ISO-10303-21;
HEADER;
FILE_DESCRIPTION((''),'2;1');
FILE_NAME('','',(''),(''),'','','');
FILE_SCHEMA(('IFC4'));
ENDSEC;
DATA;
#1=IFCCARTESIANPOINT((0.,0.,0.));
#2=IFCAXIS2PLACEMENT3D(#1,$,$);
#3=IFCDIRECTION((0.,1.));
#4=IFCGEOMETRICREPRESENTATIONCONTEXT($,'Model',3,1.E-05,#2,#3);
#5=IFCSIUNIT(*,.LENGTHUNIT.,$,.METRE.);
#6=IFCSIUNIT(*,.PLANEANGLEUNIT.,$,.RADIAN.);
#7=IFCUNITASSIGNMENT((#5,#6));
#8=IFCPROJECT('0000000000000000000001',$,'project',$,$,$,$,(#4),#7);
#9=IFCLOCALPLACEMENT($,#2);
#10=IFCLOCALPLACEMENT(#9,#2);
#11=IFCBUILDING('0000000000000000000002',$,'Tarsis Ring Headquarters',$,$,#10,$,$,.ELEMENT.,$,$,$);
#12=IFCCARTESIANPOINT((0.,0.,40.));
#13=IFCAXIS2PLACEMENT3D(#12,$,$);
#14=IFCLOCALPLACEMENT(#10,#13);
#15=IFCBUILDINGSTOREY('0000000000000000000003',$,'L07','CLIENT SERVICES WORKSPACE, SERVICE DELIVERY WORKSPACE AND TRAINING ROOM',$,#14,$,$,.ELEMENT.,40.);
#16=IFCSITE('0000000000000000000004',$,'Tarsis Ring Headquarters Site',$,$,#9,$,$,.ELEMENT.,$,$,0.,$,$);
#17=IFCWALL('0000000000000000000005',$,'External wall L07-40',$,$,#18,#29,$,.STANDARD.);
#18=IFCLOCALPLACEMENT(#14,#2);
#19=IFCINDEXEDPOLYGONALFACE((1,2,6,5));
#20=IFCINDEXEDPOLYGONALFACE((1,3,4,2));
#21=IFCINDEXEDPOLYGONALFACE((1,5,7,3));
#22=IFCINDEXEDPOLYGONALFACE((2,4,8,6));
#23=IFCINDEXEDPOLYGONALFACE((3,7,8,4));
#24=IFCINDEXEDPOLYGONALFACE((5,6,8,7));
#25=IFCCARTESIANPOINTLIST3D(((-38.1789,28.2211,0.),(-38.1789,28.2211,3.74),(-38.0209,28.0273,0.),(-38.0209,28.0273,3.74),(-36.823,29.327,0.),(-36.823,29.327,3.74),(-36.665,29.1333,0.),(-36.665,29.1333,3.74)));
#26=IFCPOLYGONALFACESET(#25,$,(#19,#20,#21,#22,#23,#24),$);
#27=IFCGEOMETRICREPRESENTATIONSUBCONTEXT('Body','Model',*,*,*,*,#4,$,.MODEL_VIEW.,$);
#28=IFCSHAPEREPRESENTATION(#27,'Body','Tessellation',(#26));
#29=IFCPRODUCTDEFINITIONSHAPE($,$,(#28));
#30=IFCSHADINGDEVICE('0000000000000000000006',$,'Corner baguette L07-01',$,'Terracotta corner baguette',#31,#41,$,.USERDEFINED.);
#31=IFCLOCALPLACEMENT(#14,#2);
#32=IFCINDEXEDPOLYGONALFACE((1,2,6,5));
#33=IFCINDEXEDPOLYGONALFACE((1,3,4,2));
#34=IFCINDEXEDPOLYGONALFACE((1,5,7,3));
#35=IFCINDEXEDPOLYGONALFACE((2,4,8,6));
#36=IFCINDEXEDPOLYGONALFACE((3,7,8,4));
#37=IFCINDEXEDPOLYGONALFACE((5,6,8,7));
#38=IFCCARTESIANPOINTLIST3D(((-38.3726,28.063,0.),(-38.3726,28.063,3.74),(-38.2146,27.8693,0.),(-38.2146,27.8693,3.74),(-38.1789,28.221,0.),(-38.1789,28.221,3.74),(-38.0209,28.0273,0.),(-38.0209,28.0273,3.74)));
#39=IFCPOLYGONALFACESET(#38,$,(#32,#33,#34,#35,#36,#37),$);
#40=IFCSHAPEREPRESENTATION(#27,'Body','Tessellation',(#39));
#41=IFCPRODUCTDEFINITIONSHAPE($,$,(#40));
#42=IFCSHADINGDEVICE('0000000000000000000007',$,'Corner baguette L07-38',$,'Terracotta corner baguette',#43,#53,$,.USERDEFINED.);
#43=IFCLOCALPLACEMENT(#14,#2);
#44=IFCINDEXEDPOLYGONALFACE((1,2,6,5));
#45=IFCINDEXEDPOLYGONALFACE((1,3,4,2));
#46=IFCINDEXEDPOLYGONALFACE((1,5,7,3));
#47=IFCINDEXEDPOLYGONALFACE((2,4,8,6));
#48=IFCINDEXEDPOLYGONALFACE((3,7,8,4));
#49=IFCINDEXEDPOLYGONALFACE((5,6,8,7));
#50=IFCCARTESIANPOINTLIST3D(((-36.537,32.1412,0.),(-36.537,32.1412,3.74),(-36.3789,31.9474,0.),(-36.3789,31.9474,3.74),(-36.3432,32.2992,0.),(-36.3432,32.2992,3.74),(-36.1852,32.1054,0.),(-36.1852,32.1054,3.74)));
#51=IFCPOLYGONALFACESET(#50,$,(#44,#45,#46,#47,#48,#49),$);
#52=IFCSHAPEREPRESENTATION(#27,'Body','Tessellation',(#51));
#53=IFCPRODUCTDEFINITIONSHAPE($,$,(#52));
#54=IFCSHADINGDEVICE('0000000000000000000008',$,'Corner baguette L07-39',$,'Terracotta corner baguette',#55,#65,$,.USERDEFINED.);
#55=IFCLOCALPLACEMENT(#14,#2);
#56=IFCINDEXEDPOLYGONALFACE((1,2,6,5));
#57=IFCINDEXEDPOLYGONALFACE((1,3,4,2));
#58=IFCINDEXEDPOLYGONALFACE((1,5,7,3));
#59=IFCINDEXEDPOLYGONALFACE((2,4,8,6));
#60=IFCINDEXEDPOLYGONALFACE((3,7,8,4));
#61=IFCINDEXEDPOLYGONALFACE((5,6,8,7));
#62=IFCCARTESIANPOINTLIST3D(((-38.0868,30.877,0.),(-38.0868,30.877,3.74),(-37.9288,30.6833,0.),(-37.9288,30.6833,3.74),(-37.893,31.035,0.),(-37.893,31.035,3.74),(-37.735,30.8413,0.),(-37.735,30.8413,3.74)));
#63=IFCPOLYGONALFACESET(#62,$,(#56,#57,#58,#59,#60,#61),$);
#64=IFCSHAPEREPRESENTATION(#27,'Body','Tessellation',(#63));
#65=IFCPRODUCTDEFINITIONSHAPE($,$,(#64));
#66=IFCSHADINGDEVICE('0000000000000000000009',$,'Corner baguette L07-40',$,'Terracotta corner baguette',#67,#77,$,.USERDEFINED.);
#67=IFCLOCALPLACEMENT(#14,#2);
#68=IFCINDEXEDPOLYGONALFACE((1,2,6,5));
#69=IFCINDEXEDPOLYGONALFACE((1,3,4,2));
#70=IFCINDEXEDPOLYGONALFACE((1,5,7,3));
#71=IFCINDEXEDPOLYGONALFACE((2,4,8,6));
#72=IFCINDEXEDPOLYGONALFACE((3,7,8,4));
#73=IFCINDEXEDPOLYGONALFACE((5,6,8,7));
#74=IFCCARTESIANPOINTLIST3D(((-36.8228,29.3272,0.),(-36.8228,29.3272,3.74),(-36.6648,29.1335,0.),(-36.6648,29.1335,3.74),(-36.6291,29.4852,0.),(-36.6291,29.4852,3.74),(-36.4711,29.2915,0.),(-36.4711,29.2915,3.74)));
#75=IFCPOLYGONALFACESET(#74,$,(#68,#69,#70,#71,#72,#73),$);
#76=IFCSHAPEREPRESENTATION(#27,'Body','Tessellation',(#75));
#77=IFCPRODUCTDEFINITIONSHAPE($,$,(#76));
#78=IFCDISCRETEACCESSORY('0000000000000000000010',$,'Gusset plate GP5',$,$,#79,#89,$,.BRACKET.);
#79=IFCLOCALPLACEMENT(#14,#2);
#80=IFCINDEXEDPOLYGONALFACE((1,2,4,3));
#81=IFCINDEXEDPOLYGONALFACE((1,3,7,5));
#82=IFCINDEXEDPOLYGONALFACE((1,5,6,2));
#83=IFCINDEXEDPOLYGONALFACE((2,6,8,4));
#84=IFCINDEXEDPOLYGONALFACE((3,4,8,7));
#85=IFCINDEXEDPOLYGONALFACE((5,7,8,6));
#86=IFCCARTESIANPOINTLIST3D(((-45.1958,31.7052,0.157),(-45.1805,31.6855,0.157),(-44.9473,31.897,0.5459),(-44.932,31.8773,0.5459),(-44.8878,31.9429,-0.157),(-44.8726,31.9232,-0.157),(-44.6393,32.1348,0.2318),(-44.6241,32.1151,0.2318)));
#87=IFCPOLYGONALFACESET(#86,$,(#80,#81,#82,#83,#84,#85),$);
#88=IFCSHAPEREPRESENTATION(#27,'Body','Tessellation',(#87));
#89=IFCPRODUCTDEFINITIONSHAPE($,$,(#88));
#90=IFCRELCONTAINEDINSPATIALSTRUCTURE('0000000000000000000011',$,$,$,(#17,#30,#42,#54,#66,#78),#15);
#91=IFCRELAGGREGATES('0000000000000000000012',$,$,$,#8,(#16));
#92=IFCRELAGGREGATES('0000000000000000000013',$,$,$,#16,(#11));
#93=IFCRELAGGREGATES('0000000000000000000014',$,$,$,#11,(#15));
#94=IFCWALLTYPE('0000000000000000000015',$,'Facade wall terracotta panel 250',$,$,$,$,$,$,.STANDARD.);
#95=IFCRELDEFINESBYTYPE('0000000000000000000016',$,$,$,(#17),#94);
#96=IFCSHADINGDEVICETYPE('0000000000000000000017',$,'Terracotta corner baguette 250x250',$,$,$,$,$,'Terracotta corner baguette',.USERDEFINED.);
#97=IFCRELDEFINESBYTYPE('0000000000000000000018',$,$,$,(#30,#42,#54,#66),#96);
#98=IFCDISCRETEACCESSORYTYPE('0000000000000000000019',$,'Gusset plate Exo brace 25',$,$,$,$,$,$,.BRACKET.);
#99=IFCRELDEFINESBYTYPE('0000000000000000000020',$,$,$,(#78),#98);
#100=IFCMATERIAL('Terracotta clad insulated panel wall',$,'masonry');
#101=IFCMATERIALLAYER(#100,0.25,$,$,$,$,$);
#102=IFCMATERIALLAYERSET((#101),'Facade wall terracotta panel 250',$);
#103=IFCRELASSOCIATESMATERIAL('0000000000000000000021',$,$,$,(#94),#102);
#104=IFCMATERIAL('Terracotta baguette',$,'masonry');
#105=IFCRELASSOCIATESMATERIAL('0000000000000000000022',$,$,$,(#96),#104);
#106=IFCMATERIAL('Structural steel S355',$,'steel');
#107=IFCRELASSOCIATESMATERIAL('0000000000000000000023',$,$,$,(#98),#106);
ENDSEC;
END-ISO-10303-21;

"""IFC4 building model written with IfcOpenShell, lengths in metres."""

from ifc_helpers import new_model, si_unit, direction, frame, frame_2d, origin, origin_2d, place, context, subcontext, project, spatial, rectangle, extrude, material, layer, layer_set, material_profile, profile_set, type_object, element, save


model = new_model("IFC4")

# Units and contexts
model_context = context("Model", 3, precision=1e-05, world=origin(), true_north=direction((0.0, 1.0)))
body_context = subcontext(model_context, "Body", "Model", "MODEL_VIEW")
ifc_project = project(units=[si_unit("LENGTHUNIT", "METRE"), si_unit("PLANEANGLEUNIT", "RADIAN")], contexts=[model_context])

# Site, building, storey
site_placement = place(None, origin())
site = spatial("IfcSite", under=ifc_project, at=site_placement, Name="Tarsis Ring Headquarters Site", CompositionType="ELEMENT", RefElevation=0.0)
building_placement = place(site_placement, origin())
building = spatial("IfcBuilding", under=site, at=building_placement, Name="Tarsis Ring Headquarters", CompositionType="ELEMENT")
storey_placement = place(building_placement, frame((0.0, 0.0, 40.0)))
storey = spatial("IfcBuildingStorey", under=building, at=storey_placement, Name="L07", Description="CLIENT SERVICES WORKSPACE, SERVICE DELIVERY WORKSPACE AND TRAINING ROOM", CompositionType="ELEMENT", Elevation=40.0)

# Shared definitions
ifc_material_1 = material(Name="Structural steel S355", Category="steel")

# Shared definitions
ifc_material_2 = material(Name="Terracotta clad insulated panel wall", Category="masonry")
ifc_layer_1 = layer(ifc_material_2, 0.25)
ifc_layer_set_1 = layer_set([ifc_layer_1], Name="Facade wall terracotta panel 250")
wall_type_1 = type_object("IfcWallType", Name="Facade wall terracotta panel 250", PredefinedType="STANDARD", material=ifc_layer_set_1)

# Wall
wall_1_placement = place(storey_placement, frame((-36.7439, 29.2302, 0.0), z_axis=(0.0, 0.0, 1.0), x_axis=(-0.774926, -0.632052, 0.0)))
element("IfcWall", 1, at=wall_1_placement, inside=storey, type_object=wall_type_1, Name="External wall L07-40", PredefinedType="STANDARD", context=body_context, shape_type="SweptSolid", body=[
    extrude(rectangle(XDim=1.7498, YDim=0.25, at=frame_2d((0.875, 0.0))), origin(), (0.0, 0.0, 1.0), 3.74),
])

# Shading devices
ifc_material_3 = material(Name="Terracotta baguette", Category="masonry")
shading_device_type_1 = type_object("IfcShadingDeviceType", Name="Terracotta corner baguette 250x250", ElementType="Terracotta corner baguette", PredefinedType="USERDEFINED", material=ifc_material_3)
for number, where, z_axis, x_axis, name in (
    (2, (-38.1968, 28.0452, 0.0), (0.0, 0.0, 1.0), (-0.774945, -0.632029, 0.0), "Corner baguette L07-01"),
    (3, (-36.3611, 32.1233, 0.0), (0.0, 0.0, 1.0), (0.632029, -0.774945, 0.0), "Corner baguette L07-38"),
    (4, (-37.9109, 30.8591, 0.0), (0.0, 0.0, 1.0), (-0.774944, -0.63203, 0.0), "Corner baguette L07-39"),
    (5, (-36.647, 29.3093, 0.0), (0.0, 0.0, 1.0), (0.63203, -0.774944, 0.0), "Corner baguette L07-40"),
):
    element("IfcShadingDevice", number, at=place(storey_placement, frame(where, z_axis=z_axis, x_axis=x_axis)), inside=storey, type_object=shading_device_type_1, Name=name, ObjectType="Terracotta corner baguette", PredefinedType="USERDEFINED", context=body_context, shape_type="SweptSolid", body=[
        extrude(rectangle(XDim=0.25, YDim=0.25, at=origin_2d()), origin(), (0.0, 0.0, 1.0), 3.74),
    ])

# Discrete accessory
ifc_material_profile_1 = material_profile(ifc_material_1, rectangle(XDim=0.0249, YDim=0.5, at=origin_2d()), Name="PL 25x500")
ifc_profile_set_1 = profile_set([ifc_material_profile_1], Name="Structural steel S355")
discrete_accessory_type = type_object("IfcDiscreteAccessoryType", Name="Gusset plate Exo brace 25", PredefinedType="BRACKET", material=ifc_profile_set_1)
discrete_accessory_placement = place(storey_placement, frame((-45.0342, 31.8142, 0.0), z_axis=(0.497221, 0.383905, 0.778067), x_axis=(-0.611138, 0.791524, 0.0)))
element("IfcDiscreteAccessory", 6, at=discrete_accessory_placement, inside=storey, type_object=discrete_accessory_type, Name="Gusset plate GP5", PredefinedType="BRACKET", context=body_context, shape_type="SweptSolid", body=[
    extrude(rectangle(XDim=0.0249, YDim=0.5, at=origin_2d()), origin(), (0.0, 0.0, 1.0), 0.4998),
])

save(model, "model.ifc")
